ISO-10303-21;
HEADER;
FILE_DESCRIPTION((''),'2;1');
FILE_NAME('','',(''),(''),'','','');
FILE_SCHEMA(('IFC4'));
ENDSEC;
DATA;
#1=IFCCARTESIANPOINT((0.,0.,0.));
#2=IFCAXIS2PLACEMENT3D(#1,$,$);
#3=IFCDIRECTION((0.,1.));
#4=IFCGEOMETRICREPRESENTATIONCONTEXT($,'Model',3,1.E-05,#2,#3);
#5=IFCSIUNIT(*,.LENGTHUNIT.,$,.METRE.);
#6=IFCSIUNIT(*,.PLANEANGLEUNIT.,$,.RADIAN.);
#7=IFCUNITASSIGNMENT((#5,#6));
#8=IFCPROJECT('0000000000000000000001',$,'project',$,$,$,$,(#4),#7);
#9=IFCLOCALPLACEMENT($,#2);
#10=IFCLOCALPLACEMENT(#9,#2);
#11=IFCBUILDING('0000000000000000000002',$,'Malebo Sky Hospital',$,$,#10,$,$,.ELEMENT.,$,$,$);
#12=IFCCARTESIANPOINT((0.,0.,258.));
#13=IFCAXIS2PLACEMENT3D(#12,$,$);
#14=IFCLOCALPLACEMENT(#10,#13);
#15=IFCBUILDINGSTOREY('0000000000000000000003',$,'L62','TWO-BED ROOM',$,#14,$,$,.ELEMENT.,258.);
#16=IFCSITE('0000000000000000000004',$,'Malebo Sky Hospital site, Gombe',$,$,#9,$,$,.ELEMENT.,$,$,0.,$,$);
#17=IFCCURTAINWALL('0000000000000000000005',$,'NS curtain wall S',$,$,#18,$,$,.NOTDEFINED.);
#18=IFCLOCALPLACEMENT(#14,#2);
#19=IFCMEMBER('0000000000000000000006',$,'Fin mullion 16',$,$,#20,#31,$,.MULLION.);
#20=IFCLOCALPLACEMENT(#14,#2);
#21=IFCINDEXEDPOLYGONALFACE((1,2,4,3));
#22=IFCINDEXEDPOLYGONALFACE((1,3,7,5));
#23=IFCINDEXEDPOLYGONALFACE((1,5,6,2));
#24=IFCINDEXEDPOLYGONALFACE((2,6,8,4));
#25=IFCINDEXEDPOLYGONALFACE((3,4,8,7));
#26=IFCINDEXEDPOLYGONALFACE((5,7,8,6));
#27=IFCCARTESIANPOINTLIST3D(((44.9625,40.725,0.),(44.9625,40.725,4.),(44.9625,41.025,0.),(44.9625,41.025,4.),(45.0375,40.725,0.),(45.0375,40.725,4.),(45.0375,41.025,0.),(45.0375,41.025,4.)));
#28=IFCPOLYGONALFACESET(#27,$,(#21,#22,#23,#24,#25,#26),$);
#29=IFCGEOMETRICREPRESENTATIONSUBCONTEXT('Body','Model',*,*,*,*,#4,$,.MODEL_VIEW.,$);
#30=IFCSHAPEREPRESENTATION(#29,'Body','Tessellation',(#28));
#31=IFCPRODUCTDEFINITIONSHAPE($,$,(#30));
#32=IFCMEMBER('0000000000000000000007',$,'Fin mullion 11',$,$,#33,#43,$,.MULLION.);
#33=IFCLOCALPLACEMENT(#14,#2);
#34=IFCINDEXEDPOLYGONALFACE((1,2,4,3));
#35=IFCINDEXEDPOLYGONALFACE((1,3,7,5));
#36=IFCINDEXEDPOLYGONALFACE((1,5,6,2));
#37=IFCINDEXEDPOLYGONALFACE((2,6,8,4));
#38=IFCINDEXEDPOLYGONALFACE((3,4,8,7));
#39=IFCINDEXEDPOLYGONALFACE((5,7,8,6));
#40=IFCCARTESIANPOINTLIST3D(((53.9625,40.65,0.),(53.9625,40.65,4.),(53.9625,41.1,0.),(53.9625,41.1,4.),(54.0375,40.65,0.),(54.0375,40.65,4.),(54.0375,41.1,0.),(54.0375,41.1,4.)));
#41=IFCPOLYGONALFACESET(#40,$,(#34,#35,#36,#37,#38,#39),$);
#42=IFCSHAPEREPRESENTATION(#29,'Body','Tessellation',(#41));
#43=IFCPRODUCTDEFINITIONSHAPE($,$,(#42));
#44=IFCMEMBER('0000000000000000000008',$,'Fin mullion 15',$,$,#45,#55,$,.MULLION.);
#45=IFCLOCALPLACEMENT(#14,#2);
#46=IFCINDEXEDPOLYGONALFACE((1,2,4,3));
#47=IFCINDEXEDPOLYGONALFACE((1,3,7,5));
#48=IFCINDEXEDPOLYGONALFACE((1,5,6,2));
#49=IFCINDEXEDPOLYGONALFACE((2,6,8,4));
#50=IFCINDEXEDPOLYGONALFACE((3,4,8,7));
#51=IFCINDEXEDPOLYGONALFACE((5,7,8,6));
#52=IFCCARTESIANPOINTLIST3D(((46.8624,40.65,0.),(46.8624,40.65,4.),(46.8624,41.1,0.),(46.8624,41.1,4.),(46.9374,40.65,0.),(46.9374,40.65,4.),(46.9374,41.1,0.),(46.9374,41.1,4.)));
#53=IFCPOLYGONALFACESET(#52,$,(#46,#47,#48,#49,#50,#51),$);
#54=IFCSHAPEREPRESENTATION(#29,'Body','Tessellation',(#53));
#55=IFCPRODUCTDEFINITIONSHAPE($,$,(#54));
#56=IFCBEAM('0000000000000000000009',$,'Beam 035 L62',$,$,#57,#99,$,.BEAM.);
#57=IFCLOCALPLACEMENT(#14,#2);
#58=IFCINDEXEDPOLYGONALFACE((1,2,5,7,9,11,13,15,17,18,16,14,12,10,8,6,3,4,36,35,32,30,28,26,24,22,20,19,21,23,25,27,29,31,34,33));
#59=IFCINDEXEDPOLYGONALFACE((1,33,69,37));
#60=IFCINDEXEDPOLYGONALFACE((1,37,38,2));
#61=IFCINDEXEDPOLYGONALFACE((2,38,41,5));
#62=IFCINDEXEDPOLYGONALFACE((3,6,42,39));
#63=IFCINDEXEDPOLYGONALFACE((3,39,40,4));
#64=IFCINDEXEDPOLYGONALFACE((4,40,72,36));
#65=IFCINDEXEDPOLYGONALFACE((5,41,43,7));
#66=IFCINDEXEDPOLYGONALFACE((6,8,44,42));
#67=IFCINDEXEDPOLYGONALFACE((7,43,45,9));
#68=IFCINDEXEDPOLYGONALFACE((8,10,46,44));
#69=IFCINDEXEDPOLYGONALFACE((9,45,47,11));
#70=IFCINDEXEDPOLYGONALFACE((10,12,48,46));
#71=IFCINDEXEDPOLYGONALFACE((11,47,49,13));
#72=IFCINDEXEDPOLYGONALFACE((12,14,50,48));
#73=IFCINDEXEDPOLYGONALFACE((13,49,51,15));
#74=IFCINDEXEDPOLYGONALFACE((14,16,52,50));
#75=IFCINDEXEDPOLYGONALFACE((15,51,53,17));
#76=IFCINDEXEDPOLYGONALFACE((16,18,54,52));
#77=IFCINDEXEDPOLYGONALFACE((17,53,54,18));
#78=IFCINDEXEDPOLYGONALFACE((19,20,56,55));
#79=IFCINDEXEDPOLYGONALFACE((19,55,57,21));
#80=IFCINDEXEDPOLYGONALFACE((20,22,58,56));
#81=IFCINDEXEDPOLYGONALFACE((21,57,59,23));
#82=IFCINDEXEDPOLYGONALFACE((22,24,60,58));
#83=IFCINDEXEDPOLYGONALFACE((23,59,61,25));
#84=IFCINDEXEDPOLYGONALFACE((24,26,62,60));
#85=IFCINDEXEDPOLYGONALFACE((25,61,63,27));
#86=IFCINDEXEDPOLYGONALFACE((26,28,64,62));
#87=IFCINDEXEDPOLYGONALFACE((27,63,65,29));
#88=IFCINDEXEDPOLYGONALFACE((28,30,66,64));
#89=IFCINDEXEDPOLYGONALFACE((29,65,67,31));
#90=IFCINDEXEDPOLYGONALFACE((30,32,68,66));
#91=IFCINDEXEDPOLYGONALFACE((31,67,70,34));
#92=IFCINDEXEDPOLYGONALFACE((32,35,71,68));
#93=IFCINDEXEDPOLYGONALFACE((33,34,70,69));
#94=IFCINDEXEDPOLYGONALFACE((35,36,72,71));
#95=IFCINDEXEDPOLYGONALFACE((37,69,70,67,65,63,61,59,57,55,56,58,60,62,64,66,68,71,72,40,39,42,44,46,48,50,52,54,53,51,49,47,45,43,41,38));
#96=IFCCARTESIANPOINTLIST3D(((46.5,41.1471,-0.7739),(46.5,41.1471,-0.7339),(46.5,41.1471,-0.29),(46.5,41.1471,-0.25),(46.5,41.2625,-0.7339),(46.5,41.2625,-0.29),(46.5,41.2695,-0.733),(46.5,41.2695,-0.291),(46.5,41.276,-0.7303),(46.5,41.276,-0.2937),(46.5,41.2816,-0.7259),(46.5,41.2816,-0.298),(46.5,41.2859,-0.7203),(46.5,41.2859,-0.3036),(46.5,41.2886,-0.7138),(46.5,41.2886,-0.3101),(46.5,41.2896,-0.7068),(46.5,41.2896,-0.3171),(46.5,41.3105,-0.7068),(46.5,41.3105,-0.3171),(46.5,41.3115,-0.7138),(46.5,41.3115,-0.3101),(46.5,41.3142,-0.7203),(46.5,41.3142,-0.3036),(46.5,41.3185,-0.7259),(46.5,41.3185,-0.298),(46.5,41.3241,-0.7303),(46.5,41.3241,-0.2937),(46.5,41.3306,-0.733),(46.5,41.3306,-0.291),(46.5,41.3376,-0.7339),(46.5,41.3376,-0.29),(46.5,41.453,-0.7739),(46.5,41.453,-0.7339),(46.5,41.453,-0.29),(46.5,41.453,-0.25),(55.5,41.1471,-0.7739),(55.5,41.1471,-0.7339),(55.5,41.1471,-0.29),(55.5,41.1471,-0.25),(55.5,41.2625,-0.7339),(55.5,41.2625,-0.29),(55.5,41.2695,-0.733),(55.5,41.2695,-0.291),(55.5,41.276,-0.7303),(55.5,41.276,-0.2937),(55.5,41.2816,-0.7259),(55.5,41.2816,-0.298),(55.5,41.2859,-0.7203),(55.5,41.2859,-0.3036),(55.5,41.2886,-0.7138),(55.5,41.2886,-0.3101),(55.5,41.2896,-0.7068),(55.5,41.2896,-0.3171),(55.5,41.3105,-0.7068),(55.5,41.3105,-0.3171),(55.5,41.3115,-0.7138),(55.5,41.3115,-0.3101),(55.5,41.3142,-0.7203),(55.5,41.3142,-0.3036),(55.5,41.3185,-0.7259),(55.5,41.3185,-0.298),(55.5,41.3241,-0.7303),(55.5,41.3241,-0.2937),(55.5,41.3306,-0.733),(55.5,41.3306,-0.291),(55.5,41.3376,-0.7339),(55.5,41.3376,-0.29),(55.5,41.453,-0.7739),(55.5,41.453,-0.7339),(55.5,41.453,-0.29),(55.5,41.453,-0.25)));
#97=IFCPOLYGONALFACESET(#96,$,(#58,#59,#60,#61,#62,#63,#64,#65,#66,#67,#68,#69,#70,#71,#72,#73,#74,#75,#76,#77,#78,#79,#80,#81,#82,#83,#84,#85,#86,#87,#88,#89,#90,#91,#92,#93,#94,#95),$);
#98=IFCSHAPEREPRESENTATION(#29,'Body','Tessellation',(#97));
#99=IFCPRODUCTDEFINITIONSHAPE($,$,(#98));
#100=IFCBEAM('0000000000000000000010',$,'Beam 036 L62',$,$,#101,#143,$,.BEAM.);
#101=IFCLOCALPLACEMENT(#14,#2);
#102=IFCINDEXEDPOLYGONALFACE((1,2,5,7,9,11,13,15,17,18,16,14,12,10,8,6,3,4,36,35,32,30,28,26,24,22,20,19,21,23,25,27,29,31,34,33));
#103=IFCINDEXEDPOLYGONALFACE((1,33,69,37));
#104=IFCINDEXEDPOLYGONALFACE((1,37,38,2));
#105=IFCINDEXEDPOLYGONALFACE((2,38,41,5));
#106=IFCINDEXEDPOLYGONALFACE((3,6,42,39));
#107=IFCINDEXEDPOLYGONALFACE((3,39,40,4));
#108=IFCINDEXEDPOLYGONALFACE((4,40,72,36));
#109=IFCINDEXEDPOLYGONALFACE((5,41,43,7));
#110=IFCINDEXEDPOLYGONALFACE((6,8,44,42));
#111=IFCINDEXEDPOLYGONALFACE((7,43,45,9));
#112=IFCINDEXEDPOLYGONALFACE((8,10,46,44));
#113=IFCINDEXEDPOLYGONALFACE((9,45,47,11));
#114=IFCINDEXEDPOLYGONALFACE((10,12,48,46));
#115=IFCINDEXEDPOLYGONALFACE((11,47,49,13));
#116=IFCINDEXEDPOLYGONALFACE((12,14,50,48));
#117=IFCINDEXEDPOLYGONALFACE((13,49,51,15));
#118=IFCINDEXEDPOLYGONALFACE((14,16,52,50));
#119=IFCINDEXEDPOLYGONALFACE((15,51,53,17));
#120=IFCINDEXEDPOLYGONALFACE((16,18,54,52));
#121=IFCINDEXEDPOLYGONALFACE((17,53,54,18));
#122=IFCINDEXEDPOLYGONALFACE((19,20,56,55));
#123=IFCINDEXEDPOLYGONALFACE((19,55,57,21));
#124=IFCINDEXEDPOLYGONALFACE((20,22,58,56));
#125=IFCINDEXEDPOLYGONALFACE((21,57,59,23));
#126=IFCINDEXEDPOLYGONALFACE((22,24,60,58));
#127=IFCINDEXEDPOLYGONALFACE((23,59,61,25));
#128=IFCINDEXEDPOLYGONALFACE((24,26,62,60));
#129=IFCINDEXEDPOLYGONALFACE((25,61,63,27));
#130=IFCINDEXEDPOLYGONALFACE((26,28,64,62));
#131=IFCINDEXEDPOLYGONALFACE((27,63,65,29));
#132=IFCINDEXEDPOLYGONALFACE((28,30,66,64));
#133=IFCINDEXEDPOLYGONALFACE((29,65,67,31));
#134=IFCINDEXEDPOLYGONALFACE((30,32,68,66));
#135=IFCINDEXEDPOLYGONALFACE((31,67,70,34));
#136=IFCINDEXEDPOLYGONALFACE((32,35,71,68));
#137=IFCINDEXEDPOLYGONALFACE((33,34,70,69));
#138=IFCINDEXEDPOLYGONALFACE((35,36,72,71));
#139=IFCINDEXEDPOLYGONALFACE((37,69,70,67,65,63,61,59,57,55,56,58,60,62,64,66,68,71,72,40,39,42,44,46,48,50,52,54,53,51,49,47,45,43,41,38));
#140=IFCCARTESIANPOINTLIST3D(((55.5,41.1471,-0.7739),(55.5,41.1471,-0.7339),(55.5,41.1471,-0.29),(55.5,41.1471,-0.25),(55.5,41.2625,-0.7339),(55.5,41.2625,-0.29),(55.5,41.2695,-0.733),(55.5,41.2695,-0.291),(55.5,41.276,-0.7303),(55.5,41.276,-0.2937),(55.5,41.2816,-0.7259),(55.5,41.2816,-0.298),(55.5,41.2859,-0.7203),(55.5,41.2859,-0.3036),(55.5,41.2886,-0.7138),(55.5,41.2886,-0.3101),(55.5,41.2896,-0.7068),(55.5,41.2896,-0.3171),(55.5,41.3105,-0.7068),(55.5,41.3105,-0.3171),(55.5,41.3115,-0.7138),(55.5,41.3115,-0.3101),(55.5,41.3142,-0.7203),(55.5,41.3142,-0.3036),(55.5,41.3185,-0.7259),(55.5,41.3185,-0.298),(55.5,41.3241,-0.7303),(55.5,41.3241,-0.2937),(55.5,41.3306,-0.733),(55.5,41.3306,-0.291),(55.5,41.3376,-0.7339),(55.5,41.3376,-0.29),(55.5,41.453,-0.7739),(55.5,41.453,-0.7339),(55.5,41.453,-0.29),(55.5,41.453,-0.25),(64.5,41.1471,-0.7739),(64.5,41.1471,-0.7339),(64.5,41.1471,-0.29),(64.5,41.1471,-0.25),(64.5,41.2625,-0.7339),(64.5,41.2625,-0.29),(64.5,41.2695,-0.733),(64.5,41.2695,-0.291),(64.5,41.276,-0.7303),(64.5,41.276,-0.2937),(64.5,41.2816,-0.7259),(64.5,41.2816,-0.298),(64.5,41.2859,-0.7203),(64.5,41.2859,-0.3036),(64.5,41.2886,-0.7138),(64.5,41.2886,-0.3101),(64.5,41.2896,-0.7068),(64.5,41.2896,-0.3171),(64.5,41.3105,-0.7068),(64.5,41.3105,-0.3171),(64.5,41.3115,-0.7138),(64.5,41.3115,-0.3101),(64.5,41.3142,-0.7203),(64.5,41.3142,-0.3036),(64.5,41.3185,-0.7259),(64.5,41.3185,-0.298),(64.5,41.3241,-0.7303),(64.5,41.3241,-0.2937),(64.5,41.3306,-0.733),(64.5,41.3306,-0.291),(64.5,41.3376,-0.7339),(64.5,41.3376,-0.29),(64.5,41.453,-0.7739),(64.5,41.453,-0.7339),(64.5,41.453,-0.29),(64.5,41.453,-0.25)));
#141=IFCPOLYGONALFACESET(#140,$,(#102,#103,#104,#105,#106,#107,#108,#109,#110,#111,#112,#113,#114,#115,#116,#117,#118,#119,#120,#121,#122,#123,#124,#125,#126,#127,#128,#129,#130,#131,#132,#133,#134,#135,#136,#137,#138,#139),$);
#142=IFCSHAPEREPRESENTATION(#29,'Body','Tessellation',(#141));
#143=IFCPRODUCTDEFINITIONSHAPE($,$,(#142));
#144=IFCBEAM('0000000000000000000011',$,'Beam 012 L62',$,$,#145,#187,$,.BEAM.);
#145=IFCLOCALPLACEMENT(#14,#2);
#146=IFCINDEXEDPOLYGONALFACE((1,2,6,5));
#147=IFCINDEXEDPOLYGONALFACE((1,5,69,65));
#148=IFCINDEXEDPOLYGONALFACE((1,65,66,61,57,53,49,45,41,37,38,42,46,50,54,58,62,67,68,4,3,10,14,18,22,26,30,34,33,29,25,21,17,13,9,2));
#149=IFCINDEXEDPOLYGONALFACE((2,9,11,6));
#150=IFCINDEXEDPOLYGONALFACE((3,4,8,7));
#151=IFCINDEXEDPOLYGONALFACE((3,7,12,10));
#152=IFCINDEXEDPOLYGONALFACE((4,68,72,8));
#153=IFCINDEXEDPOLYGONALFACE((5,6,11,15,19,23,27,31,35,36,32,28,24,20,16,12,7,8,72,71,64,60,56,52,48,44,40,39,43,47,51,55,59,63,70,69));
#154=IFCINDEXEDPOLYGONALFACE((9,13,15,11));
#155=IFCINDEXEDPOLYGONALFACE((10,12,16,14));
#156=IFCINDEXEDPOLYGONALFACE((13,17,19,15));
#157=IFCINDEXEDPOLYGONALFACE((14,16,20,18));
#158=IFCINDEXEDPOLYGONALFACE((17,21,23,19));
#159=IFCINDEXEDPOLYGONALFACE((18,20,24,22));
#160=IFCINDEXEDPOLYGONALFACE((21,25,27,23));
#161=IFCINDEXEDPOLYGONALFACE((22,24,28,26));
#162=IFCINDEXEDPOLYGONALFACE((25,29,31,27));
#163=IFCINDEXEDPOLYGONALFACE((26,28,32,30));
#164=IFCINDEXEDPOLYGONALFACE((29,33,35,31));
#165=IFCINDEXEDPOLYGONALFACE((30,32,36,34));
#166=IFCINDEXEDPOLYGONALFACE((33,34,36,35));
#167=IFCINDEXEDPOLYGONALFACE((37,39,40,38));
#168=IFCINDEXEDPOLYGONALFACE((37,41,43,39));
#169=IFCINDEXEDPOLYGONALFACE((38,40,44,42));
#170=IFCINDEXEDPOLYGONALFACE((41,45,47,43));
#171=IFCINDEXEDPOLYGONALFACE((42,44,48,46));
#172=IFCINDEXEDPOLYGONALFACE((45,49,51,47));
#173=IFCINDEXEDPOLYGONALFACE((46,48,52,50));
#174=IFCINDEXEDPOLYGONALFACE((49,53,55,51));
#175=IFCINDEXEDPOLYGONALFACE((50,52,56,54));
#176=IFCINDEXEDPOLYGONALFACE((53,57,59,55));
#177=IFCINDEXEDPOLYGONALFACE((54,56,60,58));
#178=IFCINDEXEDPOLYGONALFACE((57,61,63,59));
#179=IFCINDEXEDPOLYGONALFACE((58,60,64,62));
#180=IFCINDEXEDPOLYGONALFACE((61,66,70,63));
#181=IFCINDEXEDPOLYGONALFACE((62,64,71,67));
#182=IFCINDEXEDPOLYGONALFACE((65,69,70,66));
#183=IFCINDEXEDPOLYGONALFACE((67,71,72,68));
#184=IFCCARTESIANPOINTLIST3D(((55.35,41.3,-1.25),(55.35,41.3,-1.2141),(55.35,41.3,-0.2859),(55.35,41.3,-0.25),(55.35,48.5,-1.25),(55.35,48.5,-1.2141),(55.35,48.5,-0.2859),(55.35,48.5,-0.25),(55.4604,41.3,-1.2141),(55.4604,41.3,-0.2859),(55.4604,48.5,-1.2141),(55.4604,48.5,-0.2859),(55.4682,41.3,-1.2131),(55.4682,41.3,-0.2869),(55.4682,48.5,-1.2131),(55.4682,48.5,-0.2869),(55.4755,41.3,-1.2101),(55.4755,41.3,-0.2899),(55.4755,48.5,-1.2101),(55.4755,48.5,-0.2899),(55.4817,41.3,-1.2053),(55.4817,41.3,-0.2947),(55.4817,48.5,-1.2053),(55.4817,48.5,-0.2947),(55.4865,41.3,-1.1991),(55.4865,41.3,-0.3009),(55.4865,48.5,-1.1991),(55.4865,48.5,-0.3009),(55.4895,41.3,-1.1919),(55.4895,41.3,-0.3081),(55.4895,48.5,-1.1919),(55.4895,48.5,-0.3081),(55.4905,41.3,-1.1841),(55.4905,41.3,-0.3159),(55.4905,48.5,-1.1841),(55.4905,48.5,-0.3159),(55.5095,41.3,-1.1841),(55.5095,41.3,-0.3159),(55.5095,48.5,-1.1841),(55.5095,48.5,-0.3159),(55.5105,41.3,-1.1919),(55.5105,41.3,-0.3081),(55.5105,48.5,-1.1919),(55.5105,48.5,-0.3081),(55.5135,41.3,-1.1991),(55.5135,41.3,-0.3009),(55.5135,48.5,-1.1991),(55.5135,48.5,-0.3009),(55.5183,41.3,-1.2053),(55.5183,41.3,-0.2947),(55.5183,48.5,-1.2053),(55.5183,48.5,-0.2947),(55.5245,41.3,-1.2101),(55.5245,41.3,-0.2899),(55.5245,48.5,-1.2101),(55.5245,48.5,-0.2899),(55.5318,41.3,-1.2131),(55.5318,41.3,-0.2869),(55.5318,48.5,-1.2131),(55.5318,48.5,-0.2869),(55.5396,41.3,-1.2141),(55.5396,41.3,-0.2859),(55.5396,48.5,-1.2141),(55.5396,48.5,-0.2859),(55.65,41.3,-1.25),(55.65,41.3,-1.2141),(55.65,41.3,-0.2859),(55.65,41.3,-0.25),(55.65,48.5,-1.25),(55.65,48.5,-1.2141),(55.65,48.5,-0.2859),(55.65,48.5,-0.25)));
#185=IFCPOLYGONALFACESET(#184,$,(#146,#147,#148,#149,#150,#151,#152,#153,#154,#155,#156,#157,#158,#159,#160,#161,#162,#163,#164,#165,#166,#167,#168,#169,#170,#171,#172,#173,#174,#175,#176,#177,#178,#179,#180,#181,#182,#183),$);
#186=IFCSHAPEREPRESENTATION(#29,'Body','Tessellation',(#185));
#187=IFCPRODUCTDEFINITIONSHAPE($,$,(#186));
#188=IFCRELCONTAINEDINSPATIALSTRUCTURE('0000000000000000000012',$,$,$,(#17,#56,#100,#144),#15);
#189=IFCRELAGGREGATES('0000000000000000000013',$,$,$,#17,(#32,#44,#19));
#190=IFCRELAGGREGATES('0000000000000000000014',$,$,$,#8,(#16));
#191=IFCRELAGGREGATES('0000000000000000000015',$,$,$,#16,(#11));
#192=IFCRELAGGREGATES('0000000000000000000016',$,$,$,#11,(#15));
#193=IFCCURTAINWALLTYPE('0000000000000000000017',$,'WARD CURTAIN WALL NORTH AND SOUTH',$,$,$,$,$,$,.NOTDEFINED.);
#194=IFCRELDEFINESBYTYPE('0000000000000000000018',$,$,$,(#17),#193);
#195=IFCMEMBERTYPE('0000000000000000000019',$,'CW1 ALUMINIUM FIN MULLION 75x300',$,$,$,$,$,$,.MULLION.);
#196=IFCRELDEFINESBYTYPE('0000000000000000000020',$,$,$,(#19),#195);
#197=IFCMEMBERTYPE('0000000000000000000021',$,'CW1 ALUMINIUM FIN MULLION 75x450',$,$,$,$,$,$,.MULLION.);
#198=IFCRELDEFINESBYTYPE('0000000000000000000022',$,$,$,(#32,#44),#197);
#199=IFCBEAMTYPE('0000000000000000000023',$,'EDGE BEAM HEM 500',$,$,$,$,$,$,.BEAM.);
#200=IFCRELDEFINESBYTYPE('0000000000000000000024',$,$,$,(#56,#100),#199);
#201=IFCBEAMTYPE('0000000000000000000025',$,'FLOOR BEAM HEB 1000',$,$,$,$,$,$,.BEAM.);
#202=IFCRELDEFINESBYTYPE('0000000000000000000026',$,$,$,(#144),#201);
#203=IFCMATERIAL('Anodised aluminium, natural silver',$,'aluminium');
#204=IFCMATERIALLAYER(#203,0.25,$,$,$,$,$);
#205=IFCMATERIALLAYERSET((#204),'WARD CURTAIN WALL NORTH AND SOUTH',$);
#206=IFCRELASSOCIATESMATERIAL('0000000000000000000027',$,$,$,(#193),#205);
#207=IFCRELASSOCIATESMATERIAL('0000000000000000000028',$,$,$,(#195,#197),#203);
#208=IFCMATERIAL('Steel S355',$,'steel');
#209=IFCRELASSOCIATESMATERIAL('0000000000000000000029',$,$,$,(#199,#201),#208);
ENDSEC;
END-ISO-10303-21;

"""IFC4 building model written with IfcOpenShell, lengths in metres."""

from ifc_helpers import new_model, si_unit, direction, frame, origin, origin_2d, place, context, subcontext, project, spatial, rectangle, i_section, extrude, material, layer, layer_set, material_profile, profile_set, type_object, element, aggregate, save


model = new_model("IFC4")

# Units and contexts
model_context = context("Model", 3, precision=1e-05, world=origin(), true_north=direction((0.0, 1.0)))
body_context = subcontext(model_context, "Body", "Model", "MODEL_VIEW")
ifc_project = project(units=[si_unit("LENGTHUNIT", "METRE"), si_unit("PLANEANGLEUNIT", "RADIAN")], contexts=[model_context])

# Site, building, storey
site_placement = place(None, origin())
site = spatial("IfcSite", under=ifc_project, at=site_placement, Name="Malebo Sky Hospital site, Gombe", CompositionType="ELEMENT", RefElevation=0.0)
building_placement = place(site_placement, origin())
building = spatial("IfcBuilding", under=site, at=building_placement, Name="Malebo Sky Hospital", CompositionType="ELEMENT")
storey_placement = place(building_placement, frame((0.0, 0.0, 258.0)))
storey = spatial("IfcBuildingStorey", under=building, at=storey_placement, Name="L62", Description="TWO-BED ROOM", CompositionType="ELEMENT", Elevation=258.0)

# Curtain wall
ifc_material_1 = material(Name="Anodised aluminium, natural silver", Category="aluminium")
ifc_layer_1 = layer(ifc_material_1, 0.25)
ifc_layer_set_1 = layer_set([ifc_layer_1], Name="WARD CURTAIN WALL NORTH AND SOUTH")
curtain_wall_type = type_object("IfcCurtainWallType", Name="WARD CURTAIN WALL NORTH AND SOUTH", PredefinedType="NOTDEFINED", material=ifc_layer_set_1)
curtain_wall_placement = place(storey_placement, origin())
curtain_wall = element("IfcCurtainWall", 1, at=curtain_wall_placement, inside=storey, type_object=curtain_wall_type, Name="NS curtain wall S", PredefinedType="NOTDEFINED")

# Members
ifc_material_2 = material(Name="Steel S355", Category="steel")
ifc_material_profile_1 = material_profile(ifc_material_1, rectangle(XDim=0.075, YDim=0.3, at=origin_2d()), Name="CW1 ALUMINIUM FIN MULLION 75x300")
ifc_profile_set_1 = profile_set([ifc_material_profile_1], Name="Anodised aluminium, natural silver")
member_type_1 = type_object("IfcMemberType", Name="CW1 ALUMINIUM FIN MULLION 75x300", PredefinedType="MULLION", material=ifc_profile_set_1)
member_1_placement = place(storey_placement, frame((45.0, 40.875, 0.0), z_axis=(0.0, 0.0, 1.0), x_axis=(-1.0, 0.0, 0.0)))
member_1 = element("IfcMember", 2, at=member_1_placement, type_object=member_type_1, Name="Fin mullion 16", PredefinedType="MULLION", context=body_context, shape_type="SweptSolid", body=[
    extrude(rectangle(XDim=0.075, YDim=0.3, at=origin_2d()), origin(), (0.0, 0.0, 1.0), 4.0),
])
ifc_material_profile_2 = material_profile(ifc_material_1, rectangle(XDim=0.075, YDim=0.45, at=origin_2d()), Name="CW1 ALUMINIUM FIN MULLION 75x450")
ifc_profile_set_2 = profile_set([ifc_material_profile_2], Name="Anodised aluminium, natural silver")
member_type_2 = type_object("IfcMemberType", Name="CW1 ALUMINIUM FIN MULLION 75x450", PredefinedType="MULLION", material=ifc_profile_set_2)
member_2_placement = place(storey_placement, frame((54.0, 40.875, 0.0), z_axis=(0.0, 0.0, 1.0), x_axis=(-1.0, 0.0, 0.0)))
member_2 = element("IfcMember", 3, at=member_2_placement, type_object=member_type_2, Name="Fin mullion 11", PredefinedType="MULLION", context=body_context, shape_type="SweptSolid", body=[
    extrude(rectangle(XDim=0.075, YDim=0.45, at=origin_2d()), origin(), (0.0, 0.0, 1.0), 4.0),
])
member_3_placement = place(storey_placement, frame((46.8999, 40.875, 0.0), z_axis=(0.0, 0.0, 1.0), x_axis=(-1.0, 0.0, 0.0)))
member_3 = element("IfcMember", 4, at=member_3_placement, type_object=member_type_2, Name="Fin mullion 15", PredefinedType="MULLION", context=body_context, shape_type="SweptSolid", body=[
    extrude(rectangle(XDim=0.075, YDim=0.45, at=origin_2d()), origin(), (0.0, 0.0, 1.0), 4.0),
])

# Beams
ifc_material_profile_3 = material_profile(ifc_material_2, i_section(OverallWidth=0.3059, OverallDepth=0.5239, WebThickness=0.021, FlangeThickness=0.04, FilletRadius=0.0271, at=origin_2d()), Name="HEM 500")
ifc_profile_set_3 = profile_set([ifc_material_profile_3], Name="Steel S355")
beam_type_1 = type_object("IfcBeamType", Name="EDGE BEAM HEM 500", PredefinedType="BEAM", material=ifc_profile_set_3)
for number, where, z_axis, x_axis, name in (
    (5, (46.5, 41.3, -0.512), (1.0, 0.0, 0.0), (0.0, 1.0, 0.0), "Beam 035 L62"),
    (6, (55.5, 41.3, -0.512), (1.0, 0.0, 0.0), (0.0, 1.0, 0.0), "Beam 036 L62"),
):
    element("IfcBeam", number, at=place(storey_placement, frame(where, z_axis=z_axis, x_axis=x_axis)), inside=storey, type_object=beam_type_1, Name=name, PredefinedType="BEAM", context=body_context, shape_type="SweptSolid", body=[
        extrude(i_section(OverallWidth=0.3059, OverallDepth=0.5239, WebThickness=0.021, FlangeThickness=0.04, FilletRadius=0.0271, at=origin_2d()), origin(), (0.0, 0.0, 1.0), 9.0),
    ])
ifc_material_profile_4 = material_profile(ifc_material_2, i_section(OverallWidth=0.3, OverallDepth=1.0, WebThickness=0.019, FlangeThickness=0.0359, FilletRadius=0.03, at=origin_2d()), Name="HEB 1000")
ifc_profile_set_4 = profile_set([ifc_material_profile_4], Name="Steel S355")
beam_type_2 = type_object("IfcBeamType", Name="FLOOR BEAM HEB 1000", PredefinedType="BEAM", material=ifc_profile_set_4)
beam_1_placement = place(storey_placement, frame((55.5, 41.3, -0.75), z_axis=(0.0, 1.0, 0.0), x_axis=(-1.0, 0.0, 0.0)))
element("IfcBeam", 7, at=beam_1_placement, inside=storey, type_object=beam_type_2, Name="Beam 012 L62", PredefinedType="BEAM", context=body_context, shape_type="SweptSolid", body=[
    extrude(i_section(OverallWidth=0.3, OverallDepth=1.0, WebThickness=0.019, FlangeThickness=0.0359, FilletRadius=0.03, at=origin_2d()), origin(), (0.0, 0.0, 1.0), 7.2),
])

aggregate(curtain_wall, [member_2, member_3, member_1])

save(model, "model.ifc")
